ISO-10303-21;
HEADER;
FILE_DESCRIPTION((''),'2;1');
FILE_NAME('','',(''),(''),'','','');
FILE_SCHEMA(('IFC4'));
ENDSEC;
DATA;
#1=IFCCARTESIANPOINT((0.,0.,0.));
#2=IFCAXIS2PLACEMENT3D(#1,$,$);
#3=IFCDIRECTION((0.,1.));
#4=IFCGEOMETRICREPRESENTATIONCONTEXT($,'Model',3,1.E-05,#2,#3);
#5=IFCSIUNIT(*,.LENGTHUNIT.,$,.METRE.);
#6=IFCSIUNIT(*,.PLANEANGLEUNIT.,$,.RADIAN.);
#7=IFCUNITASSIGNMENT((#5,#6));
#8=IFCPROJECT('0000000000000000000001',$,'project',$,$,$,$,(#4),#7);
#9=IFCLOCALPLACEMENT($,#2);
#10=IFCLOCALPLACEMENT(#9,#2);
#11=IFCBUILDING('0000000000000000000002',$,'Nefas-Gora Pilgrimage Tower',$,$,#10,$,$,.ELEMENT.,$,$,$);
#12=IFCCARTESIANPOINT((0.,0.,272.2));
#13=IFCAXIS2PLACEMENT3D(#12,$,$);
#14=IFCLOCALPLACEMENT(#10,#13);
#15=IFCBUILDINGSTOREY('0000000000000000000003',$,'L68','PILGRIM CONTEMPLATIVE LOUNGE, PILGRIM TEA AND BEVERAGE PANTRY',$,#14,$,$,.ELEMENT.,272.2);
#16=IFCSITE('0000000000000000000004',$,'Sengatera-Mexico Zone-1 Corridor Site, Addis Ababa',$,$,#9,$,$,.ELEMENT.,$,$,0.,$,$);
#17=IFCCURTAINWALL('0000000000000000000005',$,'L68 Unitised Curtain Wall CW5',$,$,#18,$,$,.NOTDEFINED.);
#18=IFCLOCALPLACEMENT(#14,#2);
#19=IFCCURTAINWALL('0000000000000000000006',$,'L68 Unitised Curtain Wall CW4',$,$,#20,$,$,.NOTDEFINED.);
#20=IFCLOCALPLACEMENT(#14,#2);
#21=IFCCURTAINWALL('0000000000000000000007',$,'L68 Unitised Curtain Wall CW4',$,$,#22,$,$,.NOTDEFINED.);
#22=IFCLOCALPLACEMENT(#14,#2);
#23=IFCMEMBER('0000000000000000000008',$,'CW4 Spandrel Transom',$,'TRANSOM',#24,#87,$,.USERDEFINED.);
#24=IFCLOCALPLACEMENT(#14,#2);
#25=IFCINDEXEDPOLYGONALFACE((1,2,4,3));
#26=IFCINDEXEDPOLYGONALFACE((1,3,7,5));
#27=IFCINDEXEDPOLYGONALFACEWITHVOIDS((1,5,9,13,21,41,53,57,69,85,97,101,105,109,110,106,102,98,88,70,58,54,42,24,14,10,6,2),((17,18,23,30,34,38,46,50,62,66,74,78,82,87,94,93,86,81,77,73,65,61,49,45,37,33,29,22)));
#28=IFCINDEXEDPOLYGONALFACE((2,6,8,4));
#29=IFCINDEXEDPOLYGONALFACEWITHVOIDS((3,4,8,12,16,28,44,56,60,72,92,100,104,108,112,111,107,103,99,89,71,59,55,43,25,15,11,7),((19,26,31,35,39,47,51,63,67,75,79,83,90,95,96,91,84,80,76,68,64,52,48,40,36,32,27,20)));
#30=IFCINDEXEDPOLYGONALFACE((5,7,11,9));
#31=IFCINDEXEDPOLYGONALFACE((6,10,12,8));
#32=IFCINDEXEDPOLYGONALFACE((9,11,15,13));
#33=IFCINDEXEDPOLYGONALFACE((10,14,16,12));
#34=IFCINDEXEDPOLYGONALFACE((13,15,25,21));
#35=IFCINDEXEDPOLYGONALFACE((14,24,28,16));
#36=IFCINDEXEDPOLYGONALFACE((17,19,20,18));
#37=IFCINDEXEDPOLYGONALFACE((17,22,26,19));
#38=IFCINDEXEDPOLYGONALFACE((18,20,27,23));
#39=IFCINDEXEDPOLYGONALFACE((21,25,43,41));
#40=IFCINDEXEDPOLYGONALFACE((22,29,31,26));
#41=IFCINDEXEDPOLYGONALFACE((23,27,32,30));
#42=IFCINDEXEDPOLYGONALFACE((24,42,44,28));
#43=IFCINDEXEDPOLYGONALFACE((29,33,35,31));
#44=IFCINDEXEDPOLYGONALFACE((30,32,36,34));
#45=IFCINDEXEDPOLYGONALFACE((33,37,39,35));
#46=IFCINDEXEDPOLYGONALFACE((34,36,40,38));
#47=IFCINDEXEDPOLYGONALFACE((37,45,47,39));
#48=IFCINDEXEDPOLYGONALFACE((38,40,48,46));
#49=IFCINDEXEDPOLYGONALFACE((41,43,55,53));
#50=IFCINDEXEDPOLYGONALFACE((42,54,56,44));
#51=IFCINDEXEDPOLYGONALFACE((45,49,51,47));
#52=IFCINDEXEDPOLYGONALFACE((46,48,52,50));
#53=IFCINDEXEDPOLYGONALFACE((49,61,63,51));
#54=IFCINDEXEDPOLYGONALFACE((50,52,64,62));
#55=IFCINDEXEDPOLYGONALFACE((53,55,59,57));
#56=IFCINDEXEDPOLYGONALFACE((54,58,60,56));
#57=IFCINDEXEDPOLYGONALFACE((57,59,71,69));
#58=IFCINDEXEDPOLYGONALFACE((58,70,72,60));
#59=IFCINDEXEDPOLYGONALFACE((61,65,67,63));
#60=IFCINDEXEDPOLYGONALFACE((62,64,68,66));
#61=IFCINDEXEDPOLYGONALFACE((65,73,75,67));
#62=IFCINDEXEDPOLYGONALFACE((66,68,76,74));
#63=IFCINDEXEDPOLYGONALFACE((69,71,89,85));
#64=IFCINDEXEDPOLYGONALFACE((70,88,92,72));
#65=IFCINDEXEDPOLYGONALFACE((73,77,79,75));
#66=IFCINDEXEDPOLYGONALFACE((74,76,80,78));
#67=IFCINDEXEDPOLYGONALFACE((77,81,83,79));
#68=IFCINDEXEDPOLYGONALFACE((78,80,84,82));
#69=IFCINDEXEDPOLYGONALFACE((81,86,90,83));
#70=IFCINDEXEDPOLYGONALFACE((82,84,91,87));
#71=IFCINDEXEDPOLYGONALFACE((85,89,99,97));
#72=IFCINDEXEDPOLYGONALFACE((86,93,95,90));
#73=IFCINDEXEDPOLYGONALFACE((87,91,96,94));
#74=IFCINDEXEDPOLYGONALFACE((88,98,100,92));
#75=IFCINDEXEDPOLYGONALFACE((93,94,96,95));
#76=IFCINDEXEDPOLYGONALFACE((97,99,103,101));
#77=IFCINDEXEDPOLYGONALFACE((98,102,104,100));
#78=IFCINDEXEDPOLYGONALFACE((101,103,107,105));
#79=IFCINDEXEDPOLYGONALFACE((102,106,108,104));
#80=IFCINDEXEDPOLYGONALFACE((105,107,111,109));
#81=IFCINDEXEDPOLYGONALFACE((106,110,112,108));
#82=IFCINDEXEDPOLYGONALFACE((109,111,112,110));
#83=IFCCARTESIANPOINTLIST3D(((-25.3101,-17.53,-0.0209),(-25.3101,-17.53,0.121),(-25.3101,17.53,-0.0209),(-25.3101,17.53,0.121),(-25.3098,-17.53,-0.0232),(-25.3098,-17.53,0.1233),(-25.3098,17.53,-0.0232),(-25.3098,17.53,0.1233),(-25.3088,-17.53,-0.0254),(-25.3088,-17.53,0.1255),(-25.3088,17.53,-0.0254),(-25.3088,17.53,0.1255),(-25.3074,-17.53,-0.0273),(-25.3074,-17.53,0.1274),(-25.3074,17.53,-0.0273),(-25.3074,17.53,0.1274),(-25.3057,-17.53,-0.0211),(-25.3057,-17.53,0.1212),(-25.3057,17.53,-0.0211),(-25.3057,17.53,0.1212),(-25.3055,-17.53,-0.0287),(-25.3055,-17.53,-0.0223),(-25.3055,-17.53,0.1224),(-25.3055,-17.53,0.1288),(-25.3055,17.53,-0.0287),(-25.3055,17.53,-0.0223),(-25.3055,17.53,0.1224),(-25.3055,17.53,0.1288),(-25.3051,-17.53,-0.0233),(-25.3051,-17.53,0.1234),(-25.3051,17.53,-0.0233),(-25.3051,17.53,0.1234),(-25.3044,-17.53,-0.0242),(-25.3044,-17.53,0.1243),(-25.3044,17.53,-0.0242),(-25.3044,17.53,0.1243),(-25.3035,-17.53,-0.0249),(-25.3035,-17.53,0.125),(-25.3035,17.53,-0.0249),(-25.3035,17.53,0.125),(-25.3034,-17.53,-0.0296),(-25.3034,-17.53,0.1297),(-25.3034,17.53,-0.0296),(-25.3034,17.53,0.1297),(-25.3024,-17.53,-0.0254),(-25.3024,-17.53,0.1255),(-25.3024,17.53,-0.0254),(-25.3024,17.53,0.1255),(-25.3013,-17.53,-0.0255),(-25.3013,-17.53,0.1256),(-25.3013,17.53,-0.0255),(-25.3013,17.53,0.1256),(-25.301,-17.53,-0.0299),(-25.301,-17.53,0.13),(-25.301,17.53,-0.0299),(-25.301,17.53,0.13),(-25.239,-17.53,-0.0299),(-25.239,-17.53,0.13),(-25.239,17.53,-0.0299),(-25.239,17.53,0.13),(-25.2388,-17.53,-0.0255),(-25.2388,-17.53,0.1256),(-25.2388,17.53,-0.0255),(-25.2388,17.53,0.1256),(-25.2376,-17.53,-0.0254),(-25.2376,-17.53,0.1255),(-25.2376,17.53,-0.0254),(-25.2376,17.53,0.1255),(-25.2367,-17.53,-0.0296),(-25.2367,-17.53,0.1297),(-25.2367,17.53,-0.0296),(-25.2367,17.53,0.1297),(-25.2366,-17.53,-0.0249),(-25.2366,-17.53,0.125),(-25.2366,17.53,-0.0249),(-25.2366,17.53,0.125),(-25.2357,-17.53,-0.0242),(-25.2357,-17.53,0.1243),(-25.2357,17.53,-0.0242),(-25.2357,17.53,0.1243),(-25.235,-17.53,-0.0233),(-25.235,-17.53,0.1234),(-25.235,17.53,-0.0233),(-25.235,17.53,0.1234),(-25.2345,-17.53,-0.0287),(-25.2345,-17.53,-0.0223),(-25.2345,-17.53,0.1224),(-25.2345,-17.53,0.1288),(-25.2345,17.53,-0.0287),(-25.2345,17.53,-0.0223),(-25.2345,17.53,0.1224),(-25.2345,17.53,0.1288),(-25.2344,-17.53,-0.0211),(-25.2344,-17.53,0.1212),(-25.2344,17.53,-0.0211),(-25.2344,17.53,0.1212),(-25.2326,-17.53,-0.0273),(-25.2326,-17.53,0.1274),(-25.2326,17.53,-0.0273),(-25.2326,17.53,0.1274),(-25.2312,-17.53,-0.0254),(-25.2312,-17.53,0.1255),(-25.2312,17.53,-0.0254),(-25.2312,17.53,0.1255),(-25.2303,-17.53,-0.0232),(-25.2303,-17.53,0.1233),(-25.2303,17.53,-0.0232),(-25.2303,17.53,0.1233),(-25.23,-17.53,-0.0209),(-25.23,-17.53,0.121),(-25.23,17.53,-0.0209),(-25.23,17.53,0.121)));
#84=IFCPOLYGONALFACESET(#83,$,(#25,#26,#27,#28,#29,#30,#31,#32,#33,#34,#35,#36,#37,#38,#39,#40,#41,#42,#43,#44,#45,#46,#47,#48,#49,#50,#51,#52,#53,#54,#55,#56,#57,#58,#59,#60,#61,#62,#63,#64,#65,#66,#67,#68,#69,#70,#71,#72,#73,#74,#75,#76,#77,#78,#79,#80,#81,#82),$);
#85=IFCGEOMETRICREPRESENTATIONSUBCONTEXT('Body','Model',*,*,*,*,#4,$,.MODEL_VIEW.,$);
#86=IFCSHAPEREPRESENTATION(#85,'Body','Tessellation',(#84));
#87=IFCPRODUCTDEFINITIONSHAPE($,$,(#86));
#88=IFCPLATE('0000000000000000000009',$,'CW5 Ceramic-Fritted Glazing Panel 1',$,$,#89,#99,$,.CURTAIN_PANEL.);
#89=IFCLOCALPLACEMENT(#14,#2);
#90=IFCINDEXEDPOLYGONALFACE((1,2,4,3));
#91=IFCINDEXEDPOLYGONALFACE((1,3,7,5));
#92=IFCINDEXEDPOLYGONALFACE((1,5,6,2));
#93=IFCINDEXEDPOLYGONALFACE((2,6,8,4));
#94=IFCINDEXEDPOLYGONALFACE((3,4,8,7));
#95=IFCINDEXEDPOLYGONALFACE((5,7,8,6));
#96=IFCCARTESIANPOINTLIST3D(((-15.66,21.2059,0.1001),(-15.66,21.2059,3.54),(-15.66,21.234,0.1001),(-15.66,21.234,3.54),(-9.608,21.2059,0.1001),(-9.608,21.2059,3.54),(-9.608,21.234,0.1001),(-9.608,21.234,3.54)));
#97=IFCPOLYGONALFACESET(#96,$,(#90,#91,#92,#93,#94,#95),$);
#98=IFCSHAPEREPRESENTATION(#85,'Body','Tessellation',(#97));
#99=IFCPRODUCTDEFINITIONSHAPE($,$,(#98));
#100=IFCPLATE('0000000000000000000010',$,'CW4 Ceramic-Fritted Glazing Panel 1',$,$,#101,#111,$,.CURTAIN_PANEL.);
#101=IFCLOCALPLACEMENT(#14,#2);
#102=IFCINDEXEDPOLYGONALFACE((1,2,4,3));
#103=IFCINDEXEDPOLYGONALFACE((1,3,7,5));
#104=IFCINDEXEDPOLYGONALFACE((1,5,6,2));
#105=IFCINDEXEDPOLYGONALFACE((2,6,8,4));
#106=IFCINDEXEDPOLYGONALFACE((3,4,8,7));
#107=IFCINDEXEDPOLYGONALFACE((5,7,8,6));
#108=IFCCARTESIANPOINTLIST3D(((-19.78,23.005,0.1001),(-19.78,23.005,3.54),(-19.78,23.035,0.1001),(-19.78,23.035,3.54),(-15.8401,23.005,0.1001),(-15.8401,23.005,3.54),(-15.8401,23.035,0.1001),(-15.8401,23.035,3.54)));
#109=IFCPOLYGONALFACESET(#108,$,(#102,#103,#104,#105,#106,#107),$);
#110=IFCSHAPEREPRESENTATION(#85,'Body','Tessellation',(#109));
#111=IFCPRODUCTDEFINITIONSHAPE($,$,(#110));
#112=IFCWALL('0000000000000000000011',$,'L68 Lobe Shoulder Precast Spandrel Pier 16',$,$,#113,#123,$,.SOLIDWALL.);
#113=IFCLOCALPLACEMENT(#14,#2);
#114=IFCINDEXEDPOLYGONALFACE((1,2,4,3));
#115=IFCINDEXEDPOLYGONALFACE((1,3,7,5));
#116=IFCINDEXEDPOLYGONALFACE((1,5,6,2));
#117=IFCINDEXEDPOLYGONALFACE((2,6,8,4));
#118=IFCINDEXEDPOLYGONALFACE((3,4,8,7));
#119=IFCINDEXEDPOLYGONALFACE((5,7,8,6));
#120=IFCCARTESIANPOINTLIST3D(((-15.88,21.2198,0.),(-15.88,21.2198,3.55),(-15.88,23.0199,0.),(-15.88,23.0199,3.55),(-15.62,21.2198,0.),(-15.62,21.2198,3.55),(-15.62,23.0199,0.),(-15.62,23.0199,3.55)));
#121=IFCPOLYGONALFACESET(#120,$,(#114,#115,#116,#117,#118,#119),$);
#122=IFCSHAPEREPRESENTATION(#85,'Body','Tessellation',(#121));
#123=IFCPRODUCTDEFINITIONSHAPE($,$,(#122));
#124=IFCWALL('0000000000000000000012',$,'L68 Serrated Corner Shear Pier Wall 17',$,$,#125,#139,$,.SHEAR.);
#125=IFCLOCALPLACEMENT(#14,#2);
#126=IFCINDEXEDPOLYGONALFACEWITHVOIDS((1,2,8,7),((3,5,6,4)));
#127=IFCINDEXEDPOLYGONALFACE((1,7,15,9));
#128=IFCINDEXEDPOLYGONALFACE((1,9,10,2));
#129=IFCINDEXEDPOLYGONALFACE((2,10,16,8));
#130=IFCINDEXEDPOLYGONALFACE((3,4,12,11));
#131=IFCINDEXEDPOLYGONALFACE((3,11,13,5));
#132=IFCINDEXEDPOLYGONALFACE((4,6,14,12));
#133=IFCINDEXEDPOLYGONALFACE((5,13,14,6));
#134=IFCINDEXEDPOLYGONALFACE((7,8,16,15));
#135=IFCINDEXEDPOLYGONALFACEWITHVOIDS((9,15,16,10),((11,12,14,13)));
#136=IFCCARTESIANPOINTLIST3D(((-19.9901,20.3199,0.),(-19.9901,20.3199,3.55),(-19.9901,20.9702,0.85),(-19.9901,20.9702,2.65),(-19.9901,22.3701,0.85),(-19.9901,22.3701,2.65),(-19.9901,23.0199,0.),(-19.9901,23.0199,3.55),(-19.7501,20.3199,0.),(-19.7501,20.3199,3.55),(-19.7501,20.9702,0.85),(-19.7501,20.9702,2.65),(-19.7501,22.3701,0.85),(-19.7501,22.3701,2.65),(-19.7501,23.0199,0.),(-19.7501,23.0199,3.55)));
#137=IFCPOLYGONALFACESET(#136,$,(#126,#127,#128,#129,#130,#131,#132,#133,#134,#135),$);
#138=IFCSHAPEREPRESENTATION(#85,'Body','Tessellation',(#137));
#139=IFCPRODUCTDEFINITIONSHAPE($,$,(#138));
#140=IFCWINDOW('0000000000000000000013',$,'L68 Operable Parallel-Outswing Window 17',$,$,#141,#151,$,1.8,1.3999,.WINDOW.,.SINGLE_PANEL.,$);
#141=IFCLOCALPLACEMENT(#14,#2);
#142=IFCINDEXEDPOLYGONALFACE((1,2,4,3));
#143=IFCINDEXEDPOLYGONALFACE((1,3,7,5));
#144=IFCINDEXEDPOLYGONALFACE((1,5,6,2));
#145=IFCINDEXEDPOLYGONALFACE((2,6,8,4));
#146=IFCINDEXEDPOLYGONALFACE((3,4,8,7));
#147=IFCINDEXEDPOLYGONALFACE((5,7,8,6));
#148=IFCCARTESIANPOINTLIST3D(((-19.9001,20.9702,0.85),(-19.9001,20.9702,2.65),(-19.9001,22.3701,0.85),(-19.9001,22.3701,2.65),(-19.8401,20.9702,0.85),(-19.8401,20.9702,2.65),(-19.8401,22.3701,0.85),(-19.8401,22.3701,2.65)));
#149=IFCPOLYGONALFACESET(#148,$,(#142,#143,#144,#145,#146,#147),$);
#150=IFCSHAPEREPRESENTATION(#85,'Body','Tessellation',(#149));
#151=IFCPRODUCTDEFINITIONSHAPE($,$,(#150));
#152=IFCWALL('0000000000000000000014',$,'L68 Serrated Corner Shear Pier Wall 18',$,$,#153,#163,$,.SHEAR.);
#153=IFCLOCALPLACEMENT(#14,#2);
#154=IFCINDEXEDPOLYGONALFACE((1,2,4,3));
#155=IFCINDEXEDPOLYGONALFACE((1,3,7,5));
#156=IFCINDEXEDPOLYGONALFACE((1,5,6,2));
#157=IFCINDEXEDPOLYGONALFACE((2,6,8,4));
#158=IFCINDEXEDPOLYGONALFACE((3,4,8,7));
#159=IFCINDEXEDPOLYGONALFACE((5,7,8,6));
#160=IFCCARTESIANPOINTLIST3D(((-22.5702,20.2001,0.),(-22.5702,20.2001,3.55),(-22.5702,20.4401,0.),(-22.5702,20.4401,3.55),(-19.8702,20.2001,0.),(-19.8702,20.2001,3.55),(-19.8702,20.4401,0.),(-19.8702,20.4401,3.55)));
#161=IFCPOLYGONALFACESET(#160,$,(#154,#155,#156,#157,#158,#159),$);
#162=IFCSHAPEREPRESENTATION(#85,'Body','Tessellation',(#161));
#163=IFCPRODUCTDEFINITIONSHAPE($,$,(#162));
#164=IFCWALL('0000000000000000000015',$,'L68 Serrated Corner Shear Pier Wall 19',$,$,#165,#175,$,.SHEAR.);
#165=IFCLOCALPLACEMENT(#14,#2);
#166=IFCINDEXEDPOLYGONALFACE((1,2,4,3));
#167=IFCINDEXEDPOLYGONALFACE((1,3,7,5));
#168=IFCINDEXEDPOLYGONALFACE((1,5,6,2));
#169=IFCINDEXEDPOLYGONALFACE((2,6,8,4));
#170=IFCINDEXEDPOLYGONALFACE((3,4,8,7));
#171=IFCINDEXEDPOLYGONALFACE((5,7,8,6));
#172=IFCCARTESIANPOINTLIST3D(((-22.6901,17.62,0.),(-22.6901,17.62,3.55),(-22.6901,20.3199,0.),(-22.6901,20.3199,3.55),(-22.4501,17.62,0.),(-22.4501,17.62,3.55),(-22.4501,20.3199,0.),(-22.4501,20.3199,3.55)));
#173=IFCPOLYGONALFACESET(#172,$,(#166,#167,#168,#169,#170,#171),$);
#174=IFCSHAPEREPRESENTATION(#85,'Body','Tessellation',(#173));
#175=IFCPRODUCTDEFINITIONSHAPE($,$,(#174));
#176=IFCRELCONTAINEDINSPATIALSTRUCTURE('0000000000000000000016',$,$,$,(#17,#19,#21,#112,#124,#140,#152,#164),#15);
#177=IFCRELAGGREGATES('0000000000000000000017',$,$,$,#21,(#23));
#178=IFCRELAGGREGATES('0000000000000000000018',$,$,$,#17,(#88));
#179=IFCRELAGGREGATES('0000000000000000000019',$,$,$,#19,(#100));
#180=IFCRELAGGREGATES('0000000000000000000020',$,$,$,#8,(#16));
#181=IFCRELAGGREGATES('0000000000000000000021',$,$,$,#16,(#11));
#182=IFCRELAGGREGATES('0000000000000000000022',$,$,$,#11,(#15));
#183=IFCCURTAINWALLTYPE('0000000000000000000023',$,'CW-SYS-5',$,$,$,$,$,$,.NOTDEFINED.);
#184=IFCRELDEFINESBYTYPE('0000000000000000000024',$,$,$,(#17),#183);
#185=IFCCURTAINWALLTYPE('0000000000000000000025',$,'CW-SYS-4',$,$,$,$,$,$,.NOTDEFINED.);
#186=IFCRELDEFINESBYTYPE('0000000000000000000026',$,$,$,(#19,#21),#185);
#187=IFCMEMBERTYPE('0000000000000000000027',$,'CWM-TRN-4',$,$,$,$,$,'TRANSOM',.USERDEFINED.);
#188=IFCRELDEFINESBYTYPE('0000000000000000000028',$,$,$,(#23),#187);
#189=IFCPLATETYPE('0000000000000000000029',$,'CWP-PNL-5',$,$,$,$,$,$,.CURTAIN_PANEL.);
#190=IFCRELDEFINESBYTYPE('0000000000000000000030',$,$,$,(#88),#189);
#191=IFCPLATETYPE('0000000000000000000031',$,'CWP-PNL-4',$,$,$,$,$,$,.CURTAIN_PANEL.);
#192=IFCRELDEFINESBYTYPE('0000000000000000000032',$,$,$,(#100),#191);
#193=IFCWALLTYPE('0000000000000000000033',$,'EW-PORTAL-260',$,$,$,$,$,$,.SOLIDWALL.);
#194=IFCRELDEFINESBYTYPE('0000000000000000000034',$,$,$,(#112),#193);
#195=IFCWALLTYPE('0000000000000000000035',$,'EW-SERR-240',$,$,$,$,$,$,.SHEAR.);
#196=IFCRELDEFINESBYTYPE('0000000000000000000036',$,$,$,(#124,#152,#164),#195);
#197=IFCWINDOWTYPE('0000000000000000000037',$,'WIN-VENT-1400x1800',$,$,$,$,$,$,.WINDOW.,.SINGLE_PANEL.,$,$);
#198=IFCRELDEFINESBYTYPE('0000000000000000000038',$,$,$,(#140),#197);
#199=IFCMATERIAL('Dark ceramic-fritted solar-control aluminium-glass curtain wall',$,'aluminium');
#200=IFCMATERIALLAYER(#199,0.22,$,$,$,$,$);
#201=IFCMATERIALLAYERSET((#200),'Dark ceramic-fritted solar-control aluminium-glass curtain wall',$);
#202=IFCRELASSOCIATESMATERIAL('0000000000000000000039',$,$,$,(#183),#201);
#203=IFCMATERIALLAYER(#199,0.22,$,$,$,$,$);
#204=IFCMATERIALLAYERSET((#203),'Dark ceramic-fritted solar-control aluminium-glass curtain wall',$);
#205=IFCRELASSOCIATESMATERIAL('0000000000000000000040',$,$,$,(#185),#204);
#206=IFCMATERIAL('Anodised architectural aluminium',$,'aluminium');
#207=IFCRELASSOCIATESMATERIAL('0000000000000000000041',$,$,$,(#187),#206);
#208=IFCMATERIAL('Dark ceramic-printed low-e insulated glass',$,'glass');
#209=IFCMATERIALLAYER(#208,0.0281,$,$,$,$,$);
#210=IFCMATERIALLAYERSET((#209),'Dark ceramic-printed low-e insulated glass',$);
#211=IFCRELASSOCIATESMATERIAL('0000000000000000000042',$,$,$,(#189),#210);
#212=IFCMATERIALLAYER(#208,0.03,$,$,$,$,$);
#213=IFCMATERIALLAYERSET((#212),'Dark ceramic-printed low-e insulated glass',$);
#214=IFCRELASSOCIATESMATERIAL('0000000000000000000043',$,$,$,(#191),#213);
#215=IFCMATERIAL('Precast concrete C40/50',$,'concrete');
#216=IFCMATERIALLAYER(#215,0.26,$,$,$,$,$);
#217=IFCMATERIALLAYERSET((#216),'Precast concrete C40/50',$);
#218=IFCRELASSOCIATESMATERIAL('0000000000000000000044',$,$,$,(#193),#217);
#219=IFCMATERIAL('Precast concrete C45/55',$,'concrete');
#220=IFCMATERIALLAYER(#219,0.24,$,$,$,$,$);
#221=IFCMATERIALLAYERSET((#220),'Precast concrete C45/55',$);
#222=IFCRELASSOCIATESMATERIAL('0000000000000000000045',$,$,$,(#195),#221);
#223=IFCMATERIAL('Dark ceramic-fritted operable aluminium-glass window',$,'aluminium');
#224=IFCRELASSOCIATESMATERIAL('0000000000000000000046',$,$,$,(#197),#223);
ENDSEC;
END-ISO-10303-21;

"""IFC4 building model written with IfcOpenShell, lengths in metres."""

from ifc_helpers import new_model, si_unit, direction, frame, frame_2d, origin, origin_2d, place, context, subcontext, project, spatial, rectangle, hollow_rectangle, extrude, source, transform, mapped, material, layer, layer_set, material_profile, profile_set, type_object, element, fill, aggregate, save


model = new_model("IFC4")

# Units and contexts
model_context = context("Model", 3, precision=1e-05, world=origin(), true_north=direction((0.0, 1.0)))
body_context = subcontext(model_context, "Body", "Model", "MODEL_VIEW")
ifc_project = project(units=[si_unit("LENGTHUNIT", "METRE"), si_unit("PLANEANGLEUNIT", "RADIAN")], contexts=[model_context])

# Site, building, storey
site_placement = place(None, origin())
site = spatial("IfcSite", under=ifc_project, at=site_placement, Name="Sengatera-Mexico Zone-1 Corridor Site, Addis Ababa", CompositionType="ELEMENT", RefElevation=0.0)
building_placement = place(site_placement, origin())
building = spatial("IfcBuilding", under=site, at=building_placement, Name="Nefas-Gora Pilgrimage Tower", CompositionType="ELEMENT")
storey_placement = place(building_placement, frame((0.0, 0.0, 272.2)))
storey = spatial("IfcBuildingStorey", under=building, at=storey_placement, Name="L68", Description="PILGRIM CONTEMPLATIVE LOUNGE, PILGRIM TEA AND BEVERAGE PANTRY", CompositionType="ELEMENT", Elevation=272.2)

# Curtain walls, member
ifc_material_1 = material(Name="Dark ceramic-fritted solar-control aluminium-glass curtain wall", Category="aluminium")
ifc_layer_1 = layer(ifc_material_1, 0.22)
ifc_layer_set_1 = layer_set([ifc_layer_1], Name="Dark ceramic-fritted solar-control aluminium-glass curtain wall")
curtain_wall_type_1 = type_object("IfcCurtainWallType", Name="CW-SYS-5", PredefinedType="NOTDEFINED", material=ifc_layer_set_1)
curtain_wall_1_placement = place(storey_placement, origin())
curtain_wall_1 = element("IfcCurtainWall", 1, at=curtain_wall_1_placement, inside=storey, type_object=curtain_wall_type_1, Name="L68 Unitised Curtain Wall CW5", PredefinedType="NOTDEFINED")
ifc_material_2 = material(Name="Anodised architectural aluminium", Category="aluminium")
ifc_layer_2 = layer(ifc_material_1, 0.22)
ifc_layer_set_2 = layer_set([ifc_layer_2], Name="Dark ceramic-fritted solar-control aluminium-glass curtain wall")
curtain_wall_type_2 = type_object("IfcCurtainWallType", Name="CW-SYS-4", PredefinedType="NOTDEFINED", material=ifc_layer_set_2)
curtain_wall_2_placement = place(storey_placement, origin())
curtain_wall_2 = element("IfcCurtainWall", 2, at=curtain_wall_2_placement, inside=storey, type_object=curtain_wall_type_2, Name="L68 Unitised Curtain Wall CW4", PredefinedType="NOTDEFINED")
ifc_material_profile_1 = material_profile(ifc_material_2, hollow_rectangle(XDim=0.0801, YDim=0.1599, WallThickness=0.0044, InnerFilletRadius=0.0044, OuterFilletRadius=0.009, at=origin_2d()), Name="ALU TRANSOM 80x160")
ifc_profile_set_1 = profile_set([ifc_material_profile_1], Name="Anodised architectural aluminium")
member_type_1 = type_object("IfcMemberType", Name="CWM-TRN-4", ElementType="TRANSOM", PredefinedType="USERDEFINED", material=ifc_profile_set_1)
curtain_wall_3_placement = place(storey_placement, origin())
curtain_wall_3 = element("IfcCurtainWall", 3, at=curtain_wall_3_placement, inside=storey, type_object=curtain_wall_type_2, Name="L68 Unitised Curtain Wall CW4", PredefinedType="NOTDEFINED")
shared_shape_1 = source(origin(), body_context, "Body", "SweptSolid", [
    extrude(hollow_rectangle(XDim=0.0801, YDim=0.1599, WallThickness=0.0044, InnerFilletRadius=0.0044, OuterFilletRadius=0.009, at=origin_2d()), origin(), (0.0, 0.0, 1.0), 35.0601),
])
member_1_placement = place(storey_placement, frame((-25.27, 17.53, 0.05), z_axis=(0.0, -1.0, 0.0), x_axis=(1.0, 0.0, 0.0)))
member_1 = element("IfcMember", 4, at=member_1_placement, type_object=member_type_1, Name="CW4 Spandrel Transom", ObjectType="TRANSOM", PredefinedType="USERDEFINED", context=body_context, shape_type="MappedRepresentation", body=[
    mapped(shared_shape_1, transform((0.0, 0.0, 0.0), x_axis=(1.0, 0.0, 0.0), y_axis=(0.0, 1.0, 0.0), z_axis=(0.0, 0.0, 1.0), scale=1.0)),
])
aggregate(curtain_wall_3, [member_1])

# Plates
ifc_material_3 = material(Name="Dark ceramic-printed low-e insulated glass", Category="glass")
ifc_layer_3 = layer(ifc_material_3, 0.0281)
ifc_layer_set_3 = layer_set([ifc_layer_3], Name="Dark ceramic-printed low-e insulated glass")
plate_type_1 = type_object("IfcPlateType", Name="CWP-PNL-5", PredefinedType="CURTAIN_PANEL", material=ifc_layer_set_3)
shared_shape_2 = source(origin(), body_context, "Body", "SweptSolid", [
    extrude(rectangle(XDim=6.052, YDim=0.0281, at=origin_2d()), origin(), (0.0, 0.0, 1.0), 3.4399),
])
plate_1_placement = place(storey_placement, frame((-12.634, 21.22, 0.1001), z_axis=(0.0, 0.0, 1.0), x_axis=(-1.0, 0.0, 0.0)))
plate_1 = element("IfcPlate", 5, at=plate_1_placement, type_object=plate_type_1, Name="CW5 Ceramic-Fritted Glazing Panel 1", PredefinedType="CURTAIN_PANEL", context=body_context, shape_type="MappedRepresentation", body=[
    mapped(shared_shape_2, transform((0.0, 0.0, 0.0), x_axis=(1.0, 0.0, 0.0), y_axis=(0.0, 1.0, 0.0), z_axis=(0.0, 0.0, 1.0), scale=1.0)),
])
aggregate(curtain_wall_1, [plate_1])
ifc_layer_4 = layer(ifc_material_3, 0.03)
ifc_layer_set_4 = layer_set([ifc_layer_4], Name="Dark ceramic-printed low-e insulated glass")
plate_type_2 = type_object("IfcPlateType", Name="CWP-PNL-4", PredefinedType="CURTAIN_PANEL", material=ifc_layer_set_4)
shared_shape_3 = source(origin(), body_context, "Body", "SweptSolid", [
    extrude(rectangle(XDim=3.9399, YDim=0.03, at=origin_2d()), origin(), (0.0, 0.0, 1.0), 3.4399),
])
plate_2_placement = place(storey_placement, frame((-17.8101, 23.02, 0.1001), z_axis=(0.0, 0.0, 1.0), x_axis=(-1.0, 0.0, 0.0)))
plate_2 = element("IfcPlate", 6, at=plate_2_placement, type_object=plate_type_2, Name="CW4 Ceramic-Fritted Glazing Panel 1", PredefinedType="CURTAIN_PANEL", context=body_context, shape_type="MappedRepresentation", body=[
    mapped(shared_shape_3, transform((0.0, 0.0, 0.0), x_axis=(1.0, 0.0, 0.0), y_axis=(0.0, 1.0, 0.0), z_axis=(0.0, 0.0, 1.0), scale=1.0)),
])
aggregate(curtain_wall_2, [plate_2])

# Wall
ifc_material_4 = material(Name="Precast concrete C40/50", Category="concrete")
ifc_layer_5 = layer(ifc_material_4, 0.26)
ifc_layer_set_5 = layer_set([ifc_layer_5], Name="Precast concrete C40/50")
wall_type_1 = type_object("IfcWallType", Name="EW-PORTAL-260", PredefinedType="SOLIDWALL", material=ifc_layer_set_5)
shared_shape_4 = source(origin(), body_context, "Body", "SweptSolid", [
    extrude(rectangle(XDim=1.8, YDim=0.26, at=frame_2d((0.8999, 0.0))), origin(), (0.0, 0.0, 1.0), 3.55),
])
wall_1_placement = place(storey_placement, frame((-15.75, 21.22, 0.0), z_axis=(0.0, 0.0, 1.0), x_axis=(0.0, 1.0, 0.0)))
element("IfcWall", 7, at=wall_1_placement, inside=storey, type_object=wall_type_1, Name="L68 Lobe Shoulder Precast Spandrel Pier 16", PredefinedType="SOLIDWALL", context=body_context, shape_type="MappedRepresentation", body=[
    mapped(shared_shape_4, transform((0.0, 0.0, 0.0), x_axis=(1.0, 0.0, 0.0), y_axis=(0.0, 1.0, 0.0), z_axis=(0.0, 0.0, 1.0), scale=1.0)),
])

# Wall, opening, window
ifc_material_5 = material(Name="Precast concrete C45/55", Category="concrete")
ifc_layer_6 = layer(ifc_material_5, 0.24)
ifc_layer_set_6 = layer_set([ifc_layer_6], Name="Precast concrete C45/55")
wall_type_2 = type_object("IfcWallType", Name="EW-SERR-240", PredefinedType="SHEAR", material=ifc_layer_set_6)
shared_shape_5 = source(origin(), body_context, "Body", "SweptSolid", [
    extrude(rectangle(XDim=2.7, YDim=0.24, at=frame_2d((1.3501, 0.0))), origin(), (0.0, 0.0, 1.0), 3.55),
])
wall_2_placement = place(storey_placement, frame((-19.8701, 23.02, 0.0), z_axis=(0.0, 0.0, 1.0), x_axis=(0.0, -1.0, 0.0)))
wall_2 = element("IfcWall", 8, at=wall_2_placement, inside=storey, type_object=wall_type_2, Name="L68 Serrated Corner Shear Pier Wall 17", PredefinedType="SHEAR", context=body_context, shape_type="MappedRepresentation", body=[
    mapped(shared_shape_5, transform((0.0, 0.0, 0.0), x_axis=(1.0, 0.0, 0.0), y_axis=(0.0, 1.0, 0.0), z_axis=(0.0, 0.0, 1.0), scale=1.0)),
])
opening_placement = place(wall_2_placement, frame((0.6499, 0.0, 0.8501)))
opening = element("IfcOpeningElement", 9, at=opening_placement, cuts=wall_2, PredefinedType="OPENING", context=body_context, shape_type="SweptSolid", body=[
    extrude(rectangle(XDim=1.3999, YDim=1.8, at=frame_2d((0.7, 0.8999))), frame((0.0, 0.1299, 0.0), z_axis=(0.0, -1.0, 0.0), x_axis=(1.0, 0.0, 0.0)), (0.0, 0.0, 1.0), 0.26),
])
ifc_material_6 = material(Name="Dark ceramic-fritted operable aluminium-glass window", Category="aluminium")
window_type = type_object("IfcWindowType", Name="WIN-VENT-1400x1800", PartitioningType="SINGLE_PANEL", PredefinedType="WINDOW", material=ifc_material_6)
shared_shape_6 = source(origin(), body_context, "Body", "SweptSolid", [
    extrude(rectangle(XDim=1.3999, YDim=1.8, at=frame_2d((0.7, 0.8999))), frame((0.0, 0.03, 0.0), z_axis=(0.0, -1.0, 0.0), x_axis=(1.0, 0.0, 0.0)), (0.0, 0.0, 1.0), 0.0601),
])
window_placement = place(opening_placement, origin())
window = element("IfcWindow", 10, at=window_placement, inside=storey, type_object=window_type, Name="L68 Operable Parallel-Outswing Window 17", OverallHeight=1.8, OverallWidth=1.3999, PartitioningType="SINGLE_PANEL", PredefinedType="WINDOW", context=body_context, shape_type="MappedRepresentation", body=[
    mapped(shared_shape_6, transform((0.0, 0.0, 0.0), x_axis=(1.0, 0.0, 0.0), y_axis=(0.0, 1.0, 0.0), z_axis=(0.0, 0.0, 1.0), scale=1.0)),
])
fill(opening, window)

# Walls
for number, where, z_axis, x_axis, name in (
    (11, (-19.8701, 20.3201, 0.0), (0.0, 0.0, 1.0), (-1.0, 0.0, 0.0), "L68 Serrated Corner Shear Pier Wall 18"),
    (12, (-22.5701, 20.3201, 0.0), (0.0, 0.0, 1.0), (0.0, -1.0, 0.0), "L68 Serrated Corner Shear Pier Wall 19"),
):
    element("IfcWall", number, at=place(storey_placement, frame(where, z_axis=z_axis, x_axis=x_axis)), inside=storey, type_object=wall_type_2, Name=name, PredefinedType="SHEAR", context=body_context, shape_type="MappedRepresentation", body=[
        mapped(shared_shape_5, transform((0.0, 0.0, 0.0), x_axis=(1.0, 0.0, 0.0), y_axis=(0.0, 1.0, 0.0), z_axis=(0.0, 0.0, 1.0), scale=1.0)),
    ])

save(model, "model.ifc")
